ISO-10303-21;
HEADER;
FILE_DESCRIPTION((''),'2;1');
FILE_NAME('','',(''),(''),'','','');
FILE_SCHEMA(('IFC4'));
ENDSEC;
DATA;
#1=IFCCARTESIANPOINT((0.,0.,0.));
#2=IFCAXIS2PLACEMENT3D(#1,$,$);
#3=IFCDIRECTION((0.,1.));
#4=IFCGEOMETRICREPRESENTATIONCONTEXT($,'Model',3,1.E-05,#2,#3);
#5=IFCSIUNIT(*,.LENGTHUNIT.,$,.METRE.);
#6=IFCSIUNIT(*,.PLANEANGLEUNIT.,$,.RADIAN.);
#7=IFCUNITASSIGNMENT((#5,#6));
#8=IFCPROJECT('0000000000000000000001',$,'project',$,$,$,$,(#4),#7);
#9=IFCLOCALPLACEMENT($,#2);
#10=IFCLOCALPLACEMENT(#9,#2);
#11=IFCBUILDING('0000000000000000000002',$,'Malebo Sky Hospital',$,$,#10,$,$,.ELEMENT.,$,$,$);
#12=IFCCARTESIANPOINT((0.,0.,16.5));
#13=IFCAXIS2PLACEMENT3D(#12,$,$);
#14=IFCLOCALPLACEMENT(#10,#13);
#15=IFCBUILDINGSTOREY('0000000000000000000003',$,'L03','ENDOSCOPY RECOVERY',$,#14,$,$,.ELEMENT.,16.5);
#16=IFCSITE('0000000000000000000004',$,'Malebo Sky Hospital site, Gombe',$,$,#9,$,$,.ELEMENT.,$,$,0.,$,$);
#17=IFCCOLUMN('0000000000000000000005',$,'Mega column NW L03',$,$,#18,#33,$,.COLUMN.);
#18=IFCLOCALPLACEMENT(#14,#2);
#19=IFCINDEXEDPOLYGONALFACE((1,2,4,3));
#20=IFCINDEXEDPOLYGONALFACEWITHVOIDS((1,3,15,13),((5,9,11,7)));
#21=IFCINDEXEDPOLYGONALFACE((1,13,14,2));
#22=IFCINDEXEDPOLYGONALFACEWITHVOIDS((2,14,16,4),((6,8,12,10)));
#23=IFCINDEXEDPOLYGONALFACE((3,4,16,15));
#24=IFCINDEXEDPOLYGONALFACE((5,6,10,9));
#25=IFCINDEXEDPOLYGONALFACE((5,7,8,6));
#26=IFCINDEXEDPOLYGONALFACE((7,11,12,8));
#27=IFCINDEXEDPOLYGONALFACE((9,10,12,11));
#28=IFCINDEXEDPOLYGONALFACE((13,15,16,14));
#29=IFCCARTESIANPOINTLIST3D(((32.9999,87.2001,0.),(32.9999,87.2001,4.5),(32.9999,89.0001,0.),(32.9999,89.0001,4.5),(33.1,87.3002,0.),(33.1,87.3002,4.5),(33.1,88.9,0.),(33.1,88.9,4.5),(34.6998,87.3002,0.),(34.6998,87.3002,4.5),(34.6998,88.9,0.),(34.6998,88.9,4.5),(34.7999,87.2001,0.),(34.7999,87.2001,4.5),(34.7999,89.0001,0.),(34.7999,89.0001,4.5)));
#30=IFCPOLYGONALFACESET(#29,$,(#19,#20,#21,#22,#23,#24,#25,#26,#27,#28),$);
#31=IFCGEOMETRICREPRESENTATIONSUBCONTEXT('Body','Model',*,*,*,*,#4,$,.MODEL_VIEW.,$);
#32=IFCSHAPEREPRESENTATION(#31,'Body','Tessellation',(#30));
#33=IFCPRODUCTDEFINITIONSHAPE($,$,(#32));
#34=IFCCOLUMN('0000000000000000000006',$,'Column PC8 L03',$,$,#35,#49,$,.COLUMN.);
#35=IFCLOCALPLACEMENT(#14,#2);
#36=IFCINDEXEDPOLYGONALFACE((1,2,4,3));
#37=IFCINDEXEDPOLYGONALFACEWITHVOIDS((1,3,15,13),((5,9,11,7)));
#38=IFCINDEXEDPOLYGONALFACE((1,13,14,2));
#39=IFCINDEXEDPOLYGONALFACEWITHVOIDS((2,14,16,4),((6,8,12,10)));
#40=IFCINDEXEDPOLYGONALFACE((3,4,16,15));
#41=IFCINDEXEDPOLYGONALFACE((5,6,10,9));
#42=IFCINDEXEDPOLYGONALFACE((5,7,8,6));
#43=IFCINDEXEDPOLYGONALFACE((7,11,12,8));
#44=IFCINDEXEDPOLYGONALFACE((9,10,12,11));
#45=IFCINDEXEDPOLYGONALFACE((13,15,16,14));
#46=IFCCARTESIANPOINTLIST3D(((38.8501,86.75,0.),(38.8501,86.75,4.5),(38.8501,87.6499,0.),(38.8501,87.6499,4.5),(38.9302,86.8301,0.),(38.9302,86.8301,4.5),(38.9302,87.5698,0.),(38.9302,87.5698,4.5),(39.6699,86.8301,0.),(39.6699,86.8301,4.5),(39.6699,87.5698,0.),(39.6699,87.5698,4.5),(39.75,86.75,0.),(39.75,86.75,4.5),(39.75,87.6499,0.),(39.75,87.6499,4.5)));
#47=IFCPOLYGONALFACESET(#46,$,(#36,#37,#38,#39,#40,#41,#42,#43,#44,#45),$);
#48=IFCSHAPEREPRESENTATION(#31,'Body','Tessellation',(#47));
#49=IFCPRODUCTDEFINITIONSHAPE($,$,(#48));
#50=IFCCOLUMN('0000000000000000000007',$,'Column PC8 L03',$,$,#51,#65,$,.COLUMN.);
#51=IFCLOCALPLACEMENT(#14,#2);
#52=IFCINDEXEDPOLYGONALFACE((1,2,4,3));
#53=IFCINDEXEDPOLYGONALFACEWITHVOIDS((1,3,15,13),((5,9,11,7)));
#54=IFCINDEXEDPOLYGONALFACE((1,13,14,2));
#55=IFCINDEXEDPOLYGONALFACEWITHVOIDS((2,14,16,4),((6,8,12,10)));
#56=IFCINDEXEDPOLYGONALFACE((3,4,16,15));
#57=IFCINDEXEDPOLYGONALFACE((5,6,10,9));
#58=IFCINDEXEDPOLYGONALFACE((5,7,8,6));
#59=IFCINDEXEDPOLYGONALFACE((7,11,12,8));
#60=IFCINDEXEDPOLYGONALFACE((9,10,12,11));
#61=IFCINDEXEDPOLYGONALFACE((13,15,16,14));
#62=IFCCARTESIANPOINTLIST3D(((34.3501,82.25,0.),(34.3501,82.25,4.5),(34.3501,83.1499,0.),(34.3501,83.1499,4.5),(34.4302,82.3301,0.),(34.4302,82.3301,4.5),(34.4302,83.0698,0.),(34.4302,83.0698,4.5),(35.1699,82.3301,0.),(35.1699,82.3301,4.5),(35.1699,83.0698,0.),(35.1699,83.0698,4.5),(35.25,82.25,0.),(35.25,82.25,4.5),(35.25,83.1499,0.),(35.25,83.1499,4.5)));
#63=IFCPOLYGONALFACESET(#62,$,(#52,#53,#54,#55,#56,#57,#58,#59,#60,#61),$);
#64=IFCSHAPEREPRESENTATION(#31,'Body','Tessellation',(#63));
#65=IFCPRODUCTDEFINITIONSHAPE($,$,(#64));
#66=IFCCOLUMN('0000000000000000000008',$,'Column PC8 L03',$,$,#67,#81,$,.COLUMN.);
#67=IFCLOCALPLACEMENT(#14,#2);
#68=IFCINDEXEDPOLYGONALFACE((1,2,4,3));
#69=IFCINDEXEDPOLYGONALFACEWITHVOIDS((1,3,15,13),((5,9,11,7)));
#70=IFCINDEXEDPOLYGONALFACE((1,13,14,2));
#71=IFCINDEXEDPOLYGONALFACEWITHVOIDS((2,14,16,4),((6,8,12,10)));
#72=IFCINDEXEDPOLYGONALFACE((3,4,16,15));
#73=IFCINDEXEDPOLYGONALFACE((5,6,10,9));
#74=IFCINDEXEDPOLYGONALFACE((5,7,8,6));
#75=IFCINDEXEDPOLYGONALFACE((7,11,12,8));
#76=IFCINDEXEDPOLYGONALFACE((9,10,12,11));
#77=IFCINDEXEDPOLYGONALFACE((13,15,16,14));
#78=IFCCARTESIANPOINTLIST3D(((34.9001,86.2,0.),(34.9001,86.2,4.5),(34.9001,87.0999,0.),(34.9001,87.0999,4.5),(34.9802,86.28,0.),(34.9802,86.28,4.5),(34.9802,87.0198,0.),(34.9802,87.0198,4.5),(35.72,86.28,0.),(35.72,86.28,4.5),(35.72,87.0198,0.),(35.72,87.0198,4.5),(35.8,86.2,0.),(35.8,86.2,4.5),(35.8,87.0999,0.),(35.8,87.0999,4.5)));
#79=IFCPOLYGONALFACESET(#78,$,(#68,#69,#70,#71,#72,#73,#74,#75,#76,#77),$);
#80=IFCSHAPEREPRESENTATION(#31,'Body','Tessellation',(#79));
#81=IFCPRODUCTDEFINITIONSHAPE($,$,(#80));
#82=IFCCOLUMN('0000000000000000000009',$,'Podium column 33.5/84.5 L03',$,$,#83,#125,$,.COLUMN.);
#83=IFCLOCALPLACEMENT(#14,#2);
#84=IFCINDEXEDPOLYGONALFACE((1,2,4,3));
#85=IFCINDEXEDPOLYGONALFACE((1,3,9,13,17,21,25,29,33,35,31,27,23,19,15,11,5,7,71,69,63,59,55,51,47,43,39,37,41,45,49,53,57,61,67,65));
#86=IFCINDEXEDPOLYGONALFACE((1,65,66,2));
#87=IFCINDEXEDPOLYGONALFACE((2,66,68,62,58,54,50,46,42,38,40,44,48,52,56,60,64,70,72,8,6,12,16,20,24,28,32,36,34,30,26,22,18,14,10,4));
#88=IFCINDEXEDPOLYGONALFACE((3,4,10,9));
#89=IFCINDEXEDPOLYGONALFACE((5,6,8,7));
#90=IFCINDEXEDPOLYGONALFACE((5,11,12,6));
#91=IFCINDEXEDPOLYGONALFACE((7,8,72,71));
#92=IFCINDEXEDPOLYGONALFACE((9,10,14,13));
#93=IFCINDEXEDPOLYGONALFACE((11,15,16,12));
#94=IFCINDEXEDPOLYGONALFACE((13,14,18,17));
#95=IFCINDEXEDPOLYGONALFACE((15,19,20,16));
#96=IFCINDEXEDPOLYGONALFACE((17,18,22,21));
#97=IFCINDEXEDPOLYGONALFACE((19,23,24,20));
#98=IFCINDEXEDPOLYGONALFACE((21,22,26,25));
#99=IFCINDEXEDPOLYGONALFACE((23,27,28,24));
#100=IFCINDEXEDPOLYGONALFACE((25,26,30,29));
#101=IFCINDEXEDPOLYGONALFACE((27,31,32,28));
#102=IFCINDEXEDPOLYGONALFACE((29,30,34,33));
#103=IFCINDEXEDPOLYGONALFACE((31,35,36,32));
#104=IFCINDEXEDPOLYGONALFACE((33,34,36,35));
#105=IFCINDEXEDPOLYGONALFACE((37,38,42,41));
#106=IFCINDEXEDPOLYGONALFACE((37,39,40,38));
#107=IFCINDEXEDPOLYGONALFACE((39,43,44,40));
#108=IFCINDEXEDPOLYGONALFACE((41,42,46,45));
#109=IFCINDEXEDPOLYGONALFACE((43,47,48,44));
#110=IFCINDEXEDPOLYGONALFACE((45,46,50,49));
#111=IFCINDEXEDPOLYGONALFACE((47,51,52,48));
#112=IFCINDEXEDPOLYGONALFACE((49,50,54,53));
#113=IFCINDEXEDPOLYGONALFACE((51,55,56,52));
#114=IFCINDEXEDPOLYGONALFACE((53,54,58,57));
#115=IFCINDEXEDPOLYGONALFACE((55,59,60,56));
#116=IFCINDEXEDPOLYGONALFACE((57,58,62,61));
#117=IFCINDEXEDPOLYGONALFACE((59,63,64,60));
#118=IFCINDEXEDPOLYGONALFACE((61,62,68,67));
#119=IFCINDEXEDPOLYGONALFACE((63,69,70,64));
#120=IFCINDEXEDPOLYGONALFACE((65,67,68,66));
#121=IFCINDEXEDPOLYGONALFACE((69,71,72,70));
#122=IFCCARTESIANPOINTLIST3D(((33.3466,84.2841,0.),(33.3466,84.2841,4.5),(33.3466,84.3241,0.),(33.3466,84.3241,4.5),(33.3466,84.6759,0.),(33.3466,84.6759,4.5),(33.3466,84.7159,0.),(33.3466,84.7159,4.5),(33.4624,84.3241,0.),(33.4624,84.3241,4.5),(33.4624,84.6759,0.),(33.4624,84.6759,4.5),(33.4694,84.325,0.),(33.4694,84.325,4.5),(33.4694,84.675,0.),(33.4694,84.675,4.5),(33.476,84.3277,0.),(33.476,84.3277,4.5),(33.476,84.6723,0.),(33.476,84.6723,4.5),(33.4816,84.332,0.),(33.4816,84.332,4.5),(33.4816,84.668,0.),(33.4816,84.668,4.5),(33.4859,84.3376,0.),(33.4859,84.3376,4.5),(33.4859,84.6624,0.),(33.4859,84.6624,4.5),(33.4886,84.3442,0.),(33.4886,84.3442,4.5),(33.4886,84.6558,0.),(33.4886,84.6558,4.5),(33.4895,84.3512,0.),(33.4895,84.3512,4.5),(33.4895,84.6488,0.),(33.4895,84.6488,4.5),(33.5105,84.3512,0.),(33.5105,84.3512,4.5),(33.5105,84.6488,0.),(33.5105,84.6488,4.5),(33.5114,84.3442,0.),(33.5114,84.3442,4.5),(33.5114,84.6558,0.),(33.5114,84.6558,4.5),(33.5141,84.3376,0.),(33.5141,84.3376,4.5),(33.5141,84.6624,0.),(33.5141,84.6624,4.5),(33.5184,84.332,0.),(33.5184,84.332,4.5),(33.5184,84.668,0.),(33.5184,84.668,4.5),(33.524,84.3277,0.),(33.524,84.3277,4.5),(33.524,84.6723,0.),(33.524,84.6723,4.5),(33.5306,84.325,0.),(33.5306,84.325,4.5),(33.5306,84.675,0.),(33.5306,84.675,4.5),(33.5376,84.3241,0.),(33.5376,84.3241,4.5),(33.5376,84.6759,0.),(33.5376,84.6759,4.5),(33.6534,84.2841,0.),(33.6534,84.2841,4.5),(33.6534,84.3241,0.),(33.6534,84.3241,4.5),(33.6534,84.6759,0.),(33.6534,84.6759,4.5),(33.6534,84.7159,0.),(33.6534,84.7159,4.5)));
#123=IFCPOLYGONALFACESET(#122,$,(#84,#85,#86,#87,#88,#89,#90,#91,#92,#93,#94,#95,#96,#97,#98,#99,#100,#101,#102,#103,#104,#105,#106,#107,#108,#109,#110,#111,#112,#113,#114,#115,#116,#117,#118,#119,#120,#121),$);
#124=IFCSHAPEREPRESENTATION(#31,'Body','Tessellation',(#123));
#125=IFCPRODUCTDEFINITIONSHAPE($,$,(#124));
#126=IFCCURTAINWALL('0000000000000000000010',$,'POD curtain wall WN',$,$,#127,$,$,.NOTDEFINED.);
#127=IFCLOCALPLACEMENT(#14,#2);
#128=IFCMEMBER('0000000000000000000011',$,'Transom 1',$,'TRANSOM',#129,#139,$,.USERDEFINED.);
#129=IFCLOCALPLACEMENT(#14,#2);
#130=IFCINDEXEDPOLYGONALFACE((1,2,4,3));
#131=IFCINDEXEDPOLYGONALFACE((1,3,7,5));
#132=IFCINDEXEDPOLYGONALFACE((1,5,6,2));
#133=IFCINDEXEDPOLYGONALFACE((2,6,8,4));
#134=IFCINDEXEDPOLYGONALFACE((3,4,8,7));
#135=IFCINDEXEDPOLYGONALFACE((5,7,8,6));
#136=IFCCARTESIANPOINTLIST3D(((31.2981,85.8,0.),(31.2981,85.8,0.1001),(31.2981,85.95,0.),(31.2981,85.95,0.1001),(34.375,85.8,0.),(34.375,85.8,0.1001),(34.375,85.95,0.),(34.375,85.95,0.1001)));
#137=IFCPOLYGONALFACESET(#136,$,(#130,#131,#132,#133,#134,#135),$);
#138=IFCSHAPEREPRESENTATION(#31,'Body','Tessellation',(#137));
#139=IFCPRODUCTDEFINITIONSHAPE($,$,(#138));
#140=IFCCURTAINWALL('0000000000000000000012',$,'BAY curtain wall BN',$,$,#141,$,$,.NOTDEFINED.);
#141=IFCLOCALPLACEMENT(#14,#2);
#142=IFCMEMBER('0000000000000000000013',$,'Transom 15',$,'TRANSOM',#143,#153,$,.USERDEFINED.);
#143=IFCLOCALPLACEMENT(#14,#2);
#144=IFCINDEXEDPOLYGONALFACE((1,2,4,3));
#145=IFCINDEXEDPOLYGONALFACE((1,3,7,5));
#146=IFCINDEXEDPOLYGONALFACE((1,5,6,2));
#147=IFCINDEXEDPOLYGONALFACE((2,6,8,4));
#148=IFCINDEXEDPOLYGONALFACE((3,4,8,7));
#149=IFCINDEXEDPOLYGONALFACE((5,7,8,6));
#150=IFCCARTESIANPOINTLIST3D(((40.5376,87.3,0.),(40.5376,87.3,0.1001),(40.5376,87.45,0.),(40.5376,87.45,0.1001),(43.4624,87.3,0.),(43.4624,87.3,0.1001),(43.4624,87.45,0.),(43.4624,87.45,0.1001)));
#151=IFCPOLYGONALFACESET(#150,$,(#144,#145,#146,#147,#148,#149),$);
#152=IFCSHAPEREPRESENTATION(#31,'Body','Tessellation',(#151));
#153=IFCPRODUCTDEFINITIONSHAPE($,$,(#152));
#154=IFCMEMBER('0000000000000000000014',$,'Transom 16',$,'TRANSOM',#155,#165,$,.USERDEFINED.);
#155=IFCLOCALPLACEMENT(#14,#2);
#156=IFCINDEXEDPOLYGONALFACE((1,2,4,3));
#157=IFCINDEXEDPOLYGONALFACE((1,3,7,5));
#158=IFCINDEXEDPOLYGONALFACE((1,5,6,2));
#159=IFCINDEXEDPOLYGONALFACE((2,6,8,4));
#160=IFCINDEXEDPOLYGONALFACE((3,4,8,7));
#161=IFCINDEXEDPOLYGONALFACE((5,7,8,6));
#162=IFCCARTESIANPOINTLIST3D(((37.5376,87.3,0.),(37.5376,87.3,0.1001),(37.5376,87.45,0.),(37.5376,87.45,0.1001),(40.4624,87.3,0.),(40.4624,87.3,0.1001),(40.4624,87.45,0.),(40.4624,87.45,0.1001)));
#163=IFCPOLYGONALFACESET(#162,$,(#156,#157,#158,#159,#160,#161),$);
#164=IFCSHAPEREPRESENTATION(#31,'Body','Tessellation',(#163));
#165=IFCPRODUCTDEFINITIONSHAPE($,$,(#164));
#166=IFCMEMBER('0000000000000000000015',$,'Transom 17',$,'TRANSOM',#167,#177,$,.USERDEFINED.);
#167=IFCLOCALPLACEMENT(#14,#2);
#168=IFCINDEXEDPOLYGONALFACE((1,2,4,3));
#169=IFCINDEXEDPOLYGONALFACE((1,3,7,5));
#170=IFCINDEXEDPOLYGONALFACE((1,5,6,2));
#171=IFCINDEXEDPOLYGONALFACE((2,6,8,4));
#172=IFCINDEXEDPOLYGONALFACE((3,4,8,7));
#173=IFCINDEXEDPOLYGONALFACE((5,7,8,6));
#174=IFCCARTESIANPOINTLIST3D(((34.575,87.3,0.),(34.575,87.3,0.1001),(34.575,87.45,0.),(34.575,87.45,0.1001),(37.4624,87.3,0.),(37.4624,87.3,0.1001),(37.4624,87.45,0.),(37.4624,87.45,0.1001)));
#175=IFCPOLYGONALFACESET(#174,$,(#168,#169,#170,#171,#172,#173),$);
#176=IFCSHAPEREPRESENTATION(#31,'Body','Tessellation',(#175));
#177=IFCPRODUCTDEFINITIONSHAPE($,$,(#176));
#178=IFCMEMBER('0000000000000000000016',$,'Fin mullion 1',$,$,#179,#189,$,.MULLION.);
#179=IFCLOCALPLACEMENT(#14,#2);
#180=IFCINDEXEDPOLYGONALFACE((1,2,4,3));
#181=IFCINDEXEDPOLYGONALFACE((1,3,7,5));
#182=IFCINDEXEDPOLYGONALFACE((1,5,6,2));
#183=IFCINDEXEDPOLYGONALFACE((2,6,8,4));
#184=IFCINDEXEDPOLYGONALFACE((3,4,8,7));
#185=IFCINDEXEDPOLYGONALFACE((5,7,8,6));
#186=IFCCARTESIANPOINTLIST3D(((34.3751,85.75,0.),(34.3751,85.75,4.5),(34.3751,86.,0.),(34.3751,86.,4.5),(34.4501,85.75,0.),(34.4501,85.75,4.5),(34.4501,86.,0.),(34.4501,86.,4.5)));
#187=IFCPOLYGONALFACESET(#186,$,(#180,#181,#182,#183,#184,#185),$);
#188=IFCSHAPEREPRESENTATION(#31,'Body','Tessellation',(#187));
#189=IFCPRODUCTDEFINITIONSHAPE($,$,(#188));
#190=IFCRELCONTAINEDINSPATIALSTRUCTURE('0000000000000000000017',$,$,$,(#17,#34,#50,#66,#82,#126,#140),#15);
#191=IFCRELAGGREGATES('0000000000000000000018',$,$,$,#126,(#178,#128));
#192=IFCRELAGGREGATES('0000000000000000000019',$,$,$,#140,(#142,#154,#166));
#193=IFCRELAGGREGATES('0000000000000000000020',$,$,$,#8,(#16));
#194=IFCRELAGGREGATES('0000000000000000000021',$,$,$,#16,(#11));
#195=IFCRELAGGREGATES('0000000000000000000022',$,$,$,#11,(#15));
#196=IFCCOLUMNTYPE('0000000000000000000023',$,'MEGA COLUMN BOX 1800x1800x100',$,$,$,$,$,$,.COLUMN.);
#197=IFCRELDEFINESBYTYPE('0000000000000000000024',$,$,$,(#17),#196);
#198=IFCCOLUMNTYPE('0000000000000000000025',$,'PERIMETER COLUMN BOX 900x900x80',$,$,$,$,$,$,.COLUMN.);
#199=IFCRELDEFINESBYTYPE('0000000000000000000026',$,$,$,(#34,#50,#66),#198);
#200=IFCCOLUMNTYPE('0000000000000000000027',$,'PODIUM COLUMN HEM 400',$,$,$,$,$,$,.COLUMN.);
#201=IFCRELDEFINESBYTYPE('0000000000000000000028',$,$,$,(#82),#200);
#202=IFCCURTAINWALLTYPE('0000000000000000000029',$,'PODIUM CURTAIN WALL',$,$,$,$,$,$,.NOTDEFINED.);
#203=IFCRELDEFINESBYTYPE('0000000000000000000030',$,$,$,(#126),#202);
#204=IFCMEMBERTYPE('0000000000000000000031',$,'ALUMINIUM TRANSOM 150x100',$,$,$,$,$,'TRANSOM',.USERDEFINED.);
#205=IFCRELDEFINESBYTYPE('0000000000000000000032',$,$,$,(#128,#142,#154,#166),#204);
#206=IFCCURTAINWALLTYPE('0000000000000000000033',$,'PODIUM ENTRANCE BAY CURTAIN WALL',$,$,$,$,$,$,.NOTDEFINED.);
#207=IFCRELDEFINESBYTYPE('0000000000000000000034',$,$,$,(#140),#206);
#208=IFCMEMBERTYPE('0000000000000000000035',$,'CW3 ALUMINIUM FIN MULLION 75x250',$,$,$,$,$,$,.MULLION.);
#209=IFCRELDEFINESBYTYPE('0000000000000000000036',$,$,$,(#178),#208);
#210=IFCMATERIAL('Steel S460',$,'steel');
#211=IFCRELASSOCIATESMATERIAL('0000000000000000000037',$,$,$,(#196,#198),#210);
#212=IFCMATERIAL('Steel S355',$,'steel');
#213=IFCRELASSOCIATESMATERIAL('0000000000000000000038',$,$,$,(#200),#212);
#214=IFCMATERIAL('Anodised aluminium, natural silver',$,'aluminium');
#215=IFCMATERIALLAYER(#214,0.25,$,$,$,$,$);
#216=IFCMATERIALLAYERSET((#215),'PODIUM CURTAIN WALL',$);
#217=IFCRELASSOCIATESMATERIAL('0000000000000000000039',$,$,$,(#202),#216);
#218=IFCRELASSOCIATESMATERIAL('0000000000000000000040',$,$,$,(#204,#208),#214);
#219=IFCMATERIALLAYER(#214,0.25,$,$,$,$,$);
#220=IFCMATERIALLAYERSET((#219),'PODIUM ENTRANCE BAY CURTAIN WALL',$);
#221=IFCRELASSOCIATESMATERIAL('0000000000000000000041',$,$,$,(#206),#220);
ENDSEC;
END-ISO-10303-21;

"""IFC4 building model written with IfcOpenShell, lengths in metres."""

from ifc_helpers import new_model, si_unit, direction, frame, origin, origin_2d, place, context, subcontext, project, spatial, rectangle, hollow_rectangle, i_section, extrude, material, layer, layer_set, material_profile, profile_set, type_object, element, aggregate, save


model = new_model("IFC4")

# Units and contexts
model_context = context("Model", 3, precision=1e-05, world=origin(), true_north=direction((0.0, 1.0)))
body_context = subcontext(model_context, "Body", "Model", "MODEL_VIEW")
ifc_project = project(units=[si_unit("LENGTHUNIT", "METRE"), si_unit("PLANEANGLEUNIT", "RADIAN")], contexts=[model_context])

# Site, building, storey
site_placement = place(None, origin())
site = spatial("IfcSite", under=ifc_project, at=site_placement, Name="Malebo Sky Hospital site, Gombe", CompositionType="ELEMENT", RefElevation=0.0)
building_placement = place(site_placement, origin())
building = spatial("IfcBuilding", under=site, at=building_placement, Name="Malebo Sky Hospital", CompositionType="ELEMENT")
storey_placement = place(building_placement, frame((0.0, 0.0, 16.5)))
storey = spatial("IfcBuildingStorey", under=building, at=storey_placement, Name="L03", Description="ENDOSCOPY RECOVERY", CompositionType="ELEMENT", Elevation=16.5)

# Columns
ifc_material_1 = material(Name="Steel S460", Category="steel")
ifc_material_profile_1 = material_profile(ifc_material_1, hollow_rectangle(XDim=1.8, YDim=1.8, WallThickness=0.1001, at=origin_2d()), Name="BOX 1800x1800x100")
ifc_profile_set_1 = profile_set([ifc_material_profile_1], Name="Steel S460")
column_type_1 = type_object("IfcColumnType", Name="MEGA COLUMN BOX 1800x1800x100", PredefinedType="COLUMN", material=ifc_profile_set_1)
column_1_placement = place(storey_placement, frame((33.8999, 88.1001, 0.0), z_axis=(0.0, 0.0, 1.0), x_axis=(1.0, 0.0, 0.0)))
element("IfcColumn", 1, at=column_1_placement, inside=storey, type_object=column_type_1, Name="Mega column NW L03", PredefinedType="COLUMN", context=body_context, shape_type="SweptSolid", body=[
    extrude(hollow_rectangle(XDim=1.8, YDim=1.8, WallThickness=0.1001, at=origin_2d()), origin(), (0.0, 0.0, 1.0), 4.5),
])
ifc_material_profile_2 = material_profile(ifc_material_1, hollow_rectangle(XDim=0.8999, YDim=0.8999, WallThickness=0.0801, at=origin_2d()), Name="BOX 900x900x80")
ifc_profile_set_2 = profile_set([ifc_material_profile_2], Name="Steel S460")
column_type_2 = type_object("IfcColumnType", Name="PERIMETER COLUMN BOX 900x900x80", PredefinedType="COLUMN", material=ifc_profile_set_2)
for number, where, z_axis, x_axis, name in (
    (2, (39.3, 87.2, 0.0), (0.0, 0.0, 1.0), (1.0, 0.0, 0.0), "Column PC8 L03"),
    (3, (34.8, 82.7, 0.0), (0.0, 0.0, 1.0), (1.0, 0.0, 0.0), "Column PC8 L03"),
    (4, (35.3501, 86.6499, 0.0), (0.0, 0.0, 1.0), (1.0, 0.0, 0.0), "Column PC8 L03"),
):
    element("IfcColumn", number, at=place(storey_placement, frame(where, z_axis=z_axis, x_axis=x_axis)), inside=storey, type_object=column_type_2, Name=name, PredefinedType="COLUMN", context=body_context, shape_type="SweptSolid", body=[
        extrude(hollow_rectangle(XDim=0.8999, YDim=0.8999, WallThickness=0.0801, at=origin_2d()), origin(), (0.0, 0.0, 1.0), 4.5),
    ])
ifc_material_2 = material(Name="Steel S355", Category="steel")
ifc_material_profile_3 = material_profile(ifc_material_2, i_section(OverallWidth=0.3069, OverallDepth=0.4319, WebThickness=0.021, FlangeThickness=0.04, FilletRadius=0.0271, at=origin_2d()), Name="HEM 400")
ifc_profile_set_3 = profile_set([ifc_material_profile_3], Name="Steel S355")
column_type_3 = type_object("IfcColumnType", Name="PODIUM COLUMN HEM 400", PredefinedType="COLUMN", material=ifc_profile_set_3)
column_2_placement = place(storey_placement, frame((33.5, 84.5, 0.0), z_axis=(0.0, 0.0, 1.0), x_axis=(1.0, 0.0, 0.0)))
element("IfcColumn", 5, at=column_2_placement, inside=storey, type_object=column_type_3, Name="Podium column 33.5/84.5 L03", PredefinedType="COLUMN", context=body_context, shape_type="SweptSolid", body=[
    extrude(i_section(OverallWidth=0.3069, OverallDepth=0.4319, WebThickness=0.021, FlangeThickness=0.04, FilletRadius=0.0271, at=origin_2d()), origin(), (0.0, 0.0, 1.0), 4.5),
])

# Curtain wall, member
ifc_material_3 = material(Name="Anodised aluminium, natural silver", Category="aluminium")
ifc_layer_1 = layer(ifc_material_3, 0.25)
ifc_layer_set_1 = layer_set([ifc_layer_1], Name="PODIUM CURTAIN WALL")
curtain_wall_type_1 = type_object("IfcCurtainWallType", Name="PODIUM CURTAIN WALL", PredefinedType="NOTDEFINED", material=ifc_layer_set_1)
curtain_wall_1_placement = place(storey_placement, origin())
curtain_wall_1 = element("IfcCurtainWall", 6, at=curtain_wall_1_placement, inside=storey, type_object=curtain_wall_type_1, Name="POD curtain wall WN", PredefinedType="NOTDEFINED")
ifc_material_profile_4 = material_profile(ifc_material_3, rectangle(XDim=0.1499, YDim=0.1001, at=origin_2d()), Name="ALUMINIUM TRANSOM 150x100")
ifc_profile_set_4 = profile_set([ifc_material_profile_4], Name="Anodised aluminium, natural silver")
member_type_1 = type_object("IfcMemberType", Name="ALUMINIUM TRANSOM 150x100", ElementType="TRANSOM", PredefinedType="USERDEFINED", material=ifc_profile_set_4)
member_1_placement = place(storey_placement, frame((34.375, 85.875, 0.05), z_axis=(-1.0, 0.0, 0.0), x_axis=(0.0, -1.0, 0.0)))
member_1 = element("IfcMember", 7, at=member_1_placement, type_object=member_type_1, Name="Transom 1", ObjectType="TRANSOM", PredefinedType="USERDEFINED", context=body_context, shape_type="SweptSolid", body=[
    extrude(rectangle(XDim=0.1499, YDim=0.1001, at=origin_2d()), origin(), (0.0, 0.0, 1.0), 3.0769),
])

# Curtain wall, members
ifc_layer_2 = layer(ifc_material_3, 0.25)
ifc_layer_set_2 = layer_set([ifc_layer_2], Name="PODIUM ENTRANCE BAY CURTAIN WALL")
curtain_wall_type_2 = type_object("IfcCurtainWallType", Name="PODIUM ENTRANCE BAY CURTAIN WALL", PredefinedType="NOTDEFINED", material=ifc_layer_set_2)
curtain_wall_2_placement = place(storey_placement, origin())
curtain_wall_2 = element("IfcCurtainWall", 8, at=curtain_wall_2_placement, inside=storey, type_object=curtain_wall_type_2, Name="BAY curtain wall BN", PredefinedType="NOTDEFINED")
member_2_placement = place(storey_placement, frame((43.4624, 87.375, 0.05), z_axis=(-1.0, 0.0, 0.0), x_axis=(0.0, -1.0, 0.0)))
member_2 = element("IfcMember", 9, at=member_2_placement, type_object=member_type_1, Name="Transom 15", ObjectType="TRANSOM", PredefinedType="USERDEFINED", context=body_context, shape_type="SweptSolid", body=[
    extrude(rectangle(XDim=0.1499, YDim=0.1001, at=origin_2d()), origin(), (0.0, 0.0, 1.0), 2.9248),
])
member_3_placement = place(storey_placement, frame((40.4624, 87.375, 0.05), z_axis=(-1.0, 0.0, 0.0), x_axis=(0.0, -1.0, 0.0)))
member_3 = element("IfcMember", 10, at=member_3_placement, type_object=member_type_1, Name="Transom 16", ObjectType="TRANSOM", PredefinedType="USERDEFINED", context=body_context, shape_type="SweptSolid", body=[
    extrude(rectangle(XDim=0.1499, YDim=0.1001, at=origin_2d()), origin(), (0.0, 0.0, 1.0), 2.9248),
])
member_4_placement = place(storey_placement, frame((37.4624, 87.375, 0.05), z_axis=(-1.0, 0.0, 0.0), x_axis=(0.0, -1.0, 0.0)))
member_4 = element("IfcMember", 11, at=member_4_placement, type_object=member_type_1, Name="Transom 17", ObjectType="TRANSOM", PredefinedType="USERDEFINED", context=body_context, shape_type="SweptSolid", body=[
    extrude(rectangle(XDim=0.1499, YDim=0.1001, at=origin_2d()), origin(), (0.0, 0.0, 1.0), 2.8875),
])

# Member
ifc_material_profile_5 = material_profile(ifc_material_3, rectangle(XDim=0.075, YDim=0.25, at=origin_2d()), Name="CW3 ALUMINIUM FIN MULLION 75x250")
ifc_profile_set_5 = profile_set([ifc_material_profile_5], Name="Anodised aluminium, natural silver")
member_type_2 = type_object("IfcMemberType", Name="CW3 ALUMINIUM FIN MULLION 75x250", PredefinedType="MULLION", material=ifc_profile_set_5)
member_5_placement = place(storey_placement, frame((34.4126, 85.875, 0.0), z_axis=(0.0, 0.0, 1.0), x_axis=(-1.0, 0.0, 0.0)))
member_5 = element("IfcMember", 12, at=member_5_placement, type_object=member_type_2, Name="Fin mullion 1", PredefinedType="MULLION", context=body_context, shape_type="SweptSolid", body=[
    extrude(rectangle(XDim=0.075, YDim=0.25, at=origin_2d()), origin(), (0.0, 0.0, 1.0), 4.5),
])
aggregate(curtain_wall_1, [member_5, member_1])

aggregate(curtain_wall_2, [member_2, member_3, member_4])

save(model, "model.ifc")
